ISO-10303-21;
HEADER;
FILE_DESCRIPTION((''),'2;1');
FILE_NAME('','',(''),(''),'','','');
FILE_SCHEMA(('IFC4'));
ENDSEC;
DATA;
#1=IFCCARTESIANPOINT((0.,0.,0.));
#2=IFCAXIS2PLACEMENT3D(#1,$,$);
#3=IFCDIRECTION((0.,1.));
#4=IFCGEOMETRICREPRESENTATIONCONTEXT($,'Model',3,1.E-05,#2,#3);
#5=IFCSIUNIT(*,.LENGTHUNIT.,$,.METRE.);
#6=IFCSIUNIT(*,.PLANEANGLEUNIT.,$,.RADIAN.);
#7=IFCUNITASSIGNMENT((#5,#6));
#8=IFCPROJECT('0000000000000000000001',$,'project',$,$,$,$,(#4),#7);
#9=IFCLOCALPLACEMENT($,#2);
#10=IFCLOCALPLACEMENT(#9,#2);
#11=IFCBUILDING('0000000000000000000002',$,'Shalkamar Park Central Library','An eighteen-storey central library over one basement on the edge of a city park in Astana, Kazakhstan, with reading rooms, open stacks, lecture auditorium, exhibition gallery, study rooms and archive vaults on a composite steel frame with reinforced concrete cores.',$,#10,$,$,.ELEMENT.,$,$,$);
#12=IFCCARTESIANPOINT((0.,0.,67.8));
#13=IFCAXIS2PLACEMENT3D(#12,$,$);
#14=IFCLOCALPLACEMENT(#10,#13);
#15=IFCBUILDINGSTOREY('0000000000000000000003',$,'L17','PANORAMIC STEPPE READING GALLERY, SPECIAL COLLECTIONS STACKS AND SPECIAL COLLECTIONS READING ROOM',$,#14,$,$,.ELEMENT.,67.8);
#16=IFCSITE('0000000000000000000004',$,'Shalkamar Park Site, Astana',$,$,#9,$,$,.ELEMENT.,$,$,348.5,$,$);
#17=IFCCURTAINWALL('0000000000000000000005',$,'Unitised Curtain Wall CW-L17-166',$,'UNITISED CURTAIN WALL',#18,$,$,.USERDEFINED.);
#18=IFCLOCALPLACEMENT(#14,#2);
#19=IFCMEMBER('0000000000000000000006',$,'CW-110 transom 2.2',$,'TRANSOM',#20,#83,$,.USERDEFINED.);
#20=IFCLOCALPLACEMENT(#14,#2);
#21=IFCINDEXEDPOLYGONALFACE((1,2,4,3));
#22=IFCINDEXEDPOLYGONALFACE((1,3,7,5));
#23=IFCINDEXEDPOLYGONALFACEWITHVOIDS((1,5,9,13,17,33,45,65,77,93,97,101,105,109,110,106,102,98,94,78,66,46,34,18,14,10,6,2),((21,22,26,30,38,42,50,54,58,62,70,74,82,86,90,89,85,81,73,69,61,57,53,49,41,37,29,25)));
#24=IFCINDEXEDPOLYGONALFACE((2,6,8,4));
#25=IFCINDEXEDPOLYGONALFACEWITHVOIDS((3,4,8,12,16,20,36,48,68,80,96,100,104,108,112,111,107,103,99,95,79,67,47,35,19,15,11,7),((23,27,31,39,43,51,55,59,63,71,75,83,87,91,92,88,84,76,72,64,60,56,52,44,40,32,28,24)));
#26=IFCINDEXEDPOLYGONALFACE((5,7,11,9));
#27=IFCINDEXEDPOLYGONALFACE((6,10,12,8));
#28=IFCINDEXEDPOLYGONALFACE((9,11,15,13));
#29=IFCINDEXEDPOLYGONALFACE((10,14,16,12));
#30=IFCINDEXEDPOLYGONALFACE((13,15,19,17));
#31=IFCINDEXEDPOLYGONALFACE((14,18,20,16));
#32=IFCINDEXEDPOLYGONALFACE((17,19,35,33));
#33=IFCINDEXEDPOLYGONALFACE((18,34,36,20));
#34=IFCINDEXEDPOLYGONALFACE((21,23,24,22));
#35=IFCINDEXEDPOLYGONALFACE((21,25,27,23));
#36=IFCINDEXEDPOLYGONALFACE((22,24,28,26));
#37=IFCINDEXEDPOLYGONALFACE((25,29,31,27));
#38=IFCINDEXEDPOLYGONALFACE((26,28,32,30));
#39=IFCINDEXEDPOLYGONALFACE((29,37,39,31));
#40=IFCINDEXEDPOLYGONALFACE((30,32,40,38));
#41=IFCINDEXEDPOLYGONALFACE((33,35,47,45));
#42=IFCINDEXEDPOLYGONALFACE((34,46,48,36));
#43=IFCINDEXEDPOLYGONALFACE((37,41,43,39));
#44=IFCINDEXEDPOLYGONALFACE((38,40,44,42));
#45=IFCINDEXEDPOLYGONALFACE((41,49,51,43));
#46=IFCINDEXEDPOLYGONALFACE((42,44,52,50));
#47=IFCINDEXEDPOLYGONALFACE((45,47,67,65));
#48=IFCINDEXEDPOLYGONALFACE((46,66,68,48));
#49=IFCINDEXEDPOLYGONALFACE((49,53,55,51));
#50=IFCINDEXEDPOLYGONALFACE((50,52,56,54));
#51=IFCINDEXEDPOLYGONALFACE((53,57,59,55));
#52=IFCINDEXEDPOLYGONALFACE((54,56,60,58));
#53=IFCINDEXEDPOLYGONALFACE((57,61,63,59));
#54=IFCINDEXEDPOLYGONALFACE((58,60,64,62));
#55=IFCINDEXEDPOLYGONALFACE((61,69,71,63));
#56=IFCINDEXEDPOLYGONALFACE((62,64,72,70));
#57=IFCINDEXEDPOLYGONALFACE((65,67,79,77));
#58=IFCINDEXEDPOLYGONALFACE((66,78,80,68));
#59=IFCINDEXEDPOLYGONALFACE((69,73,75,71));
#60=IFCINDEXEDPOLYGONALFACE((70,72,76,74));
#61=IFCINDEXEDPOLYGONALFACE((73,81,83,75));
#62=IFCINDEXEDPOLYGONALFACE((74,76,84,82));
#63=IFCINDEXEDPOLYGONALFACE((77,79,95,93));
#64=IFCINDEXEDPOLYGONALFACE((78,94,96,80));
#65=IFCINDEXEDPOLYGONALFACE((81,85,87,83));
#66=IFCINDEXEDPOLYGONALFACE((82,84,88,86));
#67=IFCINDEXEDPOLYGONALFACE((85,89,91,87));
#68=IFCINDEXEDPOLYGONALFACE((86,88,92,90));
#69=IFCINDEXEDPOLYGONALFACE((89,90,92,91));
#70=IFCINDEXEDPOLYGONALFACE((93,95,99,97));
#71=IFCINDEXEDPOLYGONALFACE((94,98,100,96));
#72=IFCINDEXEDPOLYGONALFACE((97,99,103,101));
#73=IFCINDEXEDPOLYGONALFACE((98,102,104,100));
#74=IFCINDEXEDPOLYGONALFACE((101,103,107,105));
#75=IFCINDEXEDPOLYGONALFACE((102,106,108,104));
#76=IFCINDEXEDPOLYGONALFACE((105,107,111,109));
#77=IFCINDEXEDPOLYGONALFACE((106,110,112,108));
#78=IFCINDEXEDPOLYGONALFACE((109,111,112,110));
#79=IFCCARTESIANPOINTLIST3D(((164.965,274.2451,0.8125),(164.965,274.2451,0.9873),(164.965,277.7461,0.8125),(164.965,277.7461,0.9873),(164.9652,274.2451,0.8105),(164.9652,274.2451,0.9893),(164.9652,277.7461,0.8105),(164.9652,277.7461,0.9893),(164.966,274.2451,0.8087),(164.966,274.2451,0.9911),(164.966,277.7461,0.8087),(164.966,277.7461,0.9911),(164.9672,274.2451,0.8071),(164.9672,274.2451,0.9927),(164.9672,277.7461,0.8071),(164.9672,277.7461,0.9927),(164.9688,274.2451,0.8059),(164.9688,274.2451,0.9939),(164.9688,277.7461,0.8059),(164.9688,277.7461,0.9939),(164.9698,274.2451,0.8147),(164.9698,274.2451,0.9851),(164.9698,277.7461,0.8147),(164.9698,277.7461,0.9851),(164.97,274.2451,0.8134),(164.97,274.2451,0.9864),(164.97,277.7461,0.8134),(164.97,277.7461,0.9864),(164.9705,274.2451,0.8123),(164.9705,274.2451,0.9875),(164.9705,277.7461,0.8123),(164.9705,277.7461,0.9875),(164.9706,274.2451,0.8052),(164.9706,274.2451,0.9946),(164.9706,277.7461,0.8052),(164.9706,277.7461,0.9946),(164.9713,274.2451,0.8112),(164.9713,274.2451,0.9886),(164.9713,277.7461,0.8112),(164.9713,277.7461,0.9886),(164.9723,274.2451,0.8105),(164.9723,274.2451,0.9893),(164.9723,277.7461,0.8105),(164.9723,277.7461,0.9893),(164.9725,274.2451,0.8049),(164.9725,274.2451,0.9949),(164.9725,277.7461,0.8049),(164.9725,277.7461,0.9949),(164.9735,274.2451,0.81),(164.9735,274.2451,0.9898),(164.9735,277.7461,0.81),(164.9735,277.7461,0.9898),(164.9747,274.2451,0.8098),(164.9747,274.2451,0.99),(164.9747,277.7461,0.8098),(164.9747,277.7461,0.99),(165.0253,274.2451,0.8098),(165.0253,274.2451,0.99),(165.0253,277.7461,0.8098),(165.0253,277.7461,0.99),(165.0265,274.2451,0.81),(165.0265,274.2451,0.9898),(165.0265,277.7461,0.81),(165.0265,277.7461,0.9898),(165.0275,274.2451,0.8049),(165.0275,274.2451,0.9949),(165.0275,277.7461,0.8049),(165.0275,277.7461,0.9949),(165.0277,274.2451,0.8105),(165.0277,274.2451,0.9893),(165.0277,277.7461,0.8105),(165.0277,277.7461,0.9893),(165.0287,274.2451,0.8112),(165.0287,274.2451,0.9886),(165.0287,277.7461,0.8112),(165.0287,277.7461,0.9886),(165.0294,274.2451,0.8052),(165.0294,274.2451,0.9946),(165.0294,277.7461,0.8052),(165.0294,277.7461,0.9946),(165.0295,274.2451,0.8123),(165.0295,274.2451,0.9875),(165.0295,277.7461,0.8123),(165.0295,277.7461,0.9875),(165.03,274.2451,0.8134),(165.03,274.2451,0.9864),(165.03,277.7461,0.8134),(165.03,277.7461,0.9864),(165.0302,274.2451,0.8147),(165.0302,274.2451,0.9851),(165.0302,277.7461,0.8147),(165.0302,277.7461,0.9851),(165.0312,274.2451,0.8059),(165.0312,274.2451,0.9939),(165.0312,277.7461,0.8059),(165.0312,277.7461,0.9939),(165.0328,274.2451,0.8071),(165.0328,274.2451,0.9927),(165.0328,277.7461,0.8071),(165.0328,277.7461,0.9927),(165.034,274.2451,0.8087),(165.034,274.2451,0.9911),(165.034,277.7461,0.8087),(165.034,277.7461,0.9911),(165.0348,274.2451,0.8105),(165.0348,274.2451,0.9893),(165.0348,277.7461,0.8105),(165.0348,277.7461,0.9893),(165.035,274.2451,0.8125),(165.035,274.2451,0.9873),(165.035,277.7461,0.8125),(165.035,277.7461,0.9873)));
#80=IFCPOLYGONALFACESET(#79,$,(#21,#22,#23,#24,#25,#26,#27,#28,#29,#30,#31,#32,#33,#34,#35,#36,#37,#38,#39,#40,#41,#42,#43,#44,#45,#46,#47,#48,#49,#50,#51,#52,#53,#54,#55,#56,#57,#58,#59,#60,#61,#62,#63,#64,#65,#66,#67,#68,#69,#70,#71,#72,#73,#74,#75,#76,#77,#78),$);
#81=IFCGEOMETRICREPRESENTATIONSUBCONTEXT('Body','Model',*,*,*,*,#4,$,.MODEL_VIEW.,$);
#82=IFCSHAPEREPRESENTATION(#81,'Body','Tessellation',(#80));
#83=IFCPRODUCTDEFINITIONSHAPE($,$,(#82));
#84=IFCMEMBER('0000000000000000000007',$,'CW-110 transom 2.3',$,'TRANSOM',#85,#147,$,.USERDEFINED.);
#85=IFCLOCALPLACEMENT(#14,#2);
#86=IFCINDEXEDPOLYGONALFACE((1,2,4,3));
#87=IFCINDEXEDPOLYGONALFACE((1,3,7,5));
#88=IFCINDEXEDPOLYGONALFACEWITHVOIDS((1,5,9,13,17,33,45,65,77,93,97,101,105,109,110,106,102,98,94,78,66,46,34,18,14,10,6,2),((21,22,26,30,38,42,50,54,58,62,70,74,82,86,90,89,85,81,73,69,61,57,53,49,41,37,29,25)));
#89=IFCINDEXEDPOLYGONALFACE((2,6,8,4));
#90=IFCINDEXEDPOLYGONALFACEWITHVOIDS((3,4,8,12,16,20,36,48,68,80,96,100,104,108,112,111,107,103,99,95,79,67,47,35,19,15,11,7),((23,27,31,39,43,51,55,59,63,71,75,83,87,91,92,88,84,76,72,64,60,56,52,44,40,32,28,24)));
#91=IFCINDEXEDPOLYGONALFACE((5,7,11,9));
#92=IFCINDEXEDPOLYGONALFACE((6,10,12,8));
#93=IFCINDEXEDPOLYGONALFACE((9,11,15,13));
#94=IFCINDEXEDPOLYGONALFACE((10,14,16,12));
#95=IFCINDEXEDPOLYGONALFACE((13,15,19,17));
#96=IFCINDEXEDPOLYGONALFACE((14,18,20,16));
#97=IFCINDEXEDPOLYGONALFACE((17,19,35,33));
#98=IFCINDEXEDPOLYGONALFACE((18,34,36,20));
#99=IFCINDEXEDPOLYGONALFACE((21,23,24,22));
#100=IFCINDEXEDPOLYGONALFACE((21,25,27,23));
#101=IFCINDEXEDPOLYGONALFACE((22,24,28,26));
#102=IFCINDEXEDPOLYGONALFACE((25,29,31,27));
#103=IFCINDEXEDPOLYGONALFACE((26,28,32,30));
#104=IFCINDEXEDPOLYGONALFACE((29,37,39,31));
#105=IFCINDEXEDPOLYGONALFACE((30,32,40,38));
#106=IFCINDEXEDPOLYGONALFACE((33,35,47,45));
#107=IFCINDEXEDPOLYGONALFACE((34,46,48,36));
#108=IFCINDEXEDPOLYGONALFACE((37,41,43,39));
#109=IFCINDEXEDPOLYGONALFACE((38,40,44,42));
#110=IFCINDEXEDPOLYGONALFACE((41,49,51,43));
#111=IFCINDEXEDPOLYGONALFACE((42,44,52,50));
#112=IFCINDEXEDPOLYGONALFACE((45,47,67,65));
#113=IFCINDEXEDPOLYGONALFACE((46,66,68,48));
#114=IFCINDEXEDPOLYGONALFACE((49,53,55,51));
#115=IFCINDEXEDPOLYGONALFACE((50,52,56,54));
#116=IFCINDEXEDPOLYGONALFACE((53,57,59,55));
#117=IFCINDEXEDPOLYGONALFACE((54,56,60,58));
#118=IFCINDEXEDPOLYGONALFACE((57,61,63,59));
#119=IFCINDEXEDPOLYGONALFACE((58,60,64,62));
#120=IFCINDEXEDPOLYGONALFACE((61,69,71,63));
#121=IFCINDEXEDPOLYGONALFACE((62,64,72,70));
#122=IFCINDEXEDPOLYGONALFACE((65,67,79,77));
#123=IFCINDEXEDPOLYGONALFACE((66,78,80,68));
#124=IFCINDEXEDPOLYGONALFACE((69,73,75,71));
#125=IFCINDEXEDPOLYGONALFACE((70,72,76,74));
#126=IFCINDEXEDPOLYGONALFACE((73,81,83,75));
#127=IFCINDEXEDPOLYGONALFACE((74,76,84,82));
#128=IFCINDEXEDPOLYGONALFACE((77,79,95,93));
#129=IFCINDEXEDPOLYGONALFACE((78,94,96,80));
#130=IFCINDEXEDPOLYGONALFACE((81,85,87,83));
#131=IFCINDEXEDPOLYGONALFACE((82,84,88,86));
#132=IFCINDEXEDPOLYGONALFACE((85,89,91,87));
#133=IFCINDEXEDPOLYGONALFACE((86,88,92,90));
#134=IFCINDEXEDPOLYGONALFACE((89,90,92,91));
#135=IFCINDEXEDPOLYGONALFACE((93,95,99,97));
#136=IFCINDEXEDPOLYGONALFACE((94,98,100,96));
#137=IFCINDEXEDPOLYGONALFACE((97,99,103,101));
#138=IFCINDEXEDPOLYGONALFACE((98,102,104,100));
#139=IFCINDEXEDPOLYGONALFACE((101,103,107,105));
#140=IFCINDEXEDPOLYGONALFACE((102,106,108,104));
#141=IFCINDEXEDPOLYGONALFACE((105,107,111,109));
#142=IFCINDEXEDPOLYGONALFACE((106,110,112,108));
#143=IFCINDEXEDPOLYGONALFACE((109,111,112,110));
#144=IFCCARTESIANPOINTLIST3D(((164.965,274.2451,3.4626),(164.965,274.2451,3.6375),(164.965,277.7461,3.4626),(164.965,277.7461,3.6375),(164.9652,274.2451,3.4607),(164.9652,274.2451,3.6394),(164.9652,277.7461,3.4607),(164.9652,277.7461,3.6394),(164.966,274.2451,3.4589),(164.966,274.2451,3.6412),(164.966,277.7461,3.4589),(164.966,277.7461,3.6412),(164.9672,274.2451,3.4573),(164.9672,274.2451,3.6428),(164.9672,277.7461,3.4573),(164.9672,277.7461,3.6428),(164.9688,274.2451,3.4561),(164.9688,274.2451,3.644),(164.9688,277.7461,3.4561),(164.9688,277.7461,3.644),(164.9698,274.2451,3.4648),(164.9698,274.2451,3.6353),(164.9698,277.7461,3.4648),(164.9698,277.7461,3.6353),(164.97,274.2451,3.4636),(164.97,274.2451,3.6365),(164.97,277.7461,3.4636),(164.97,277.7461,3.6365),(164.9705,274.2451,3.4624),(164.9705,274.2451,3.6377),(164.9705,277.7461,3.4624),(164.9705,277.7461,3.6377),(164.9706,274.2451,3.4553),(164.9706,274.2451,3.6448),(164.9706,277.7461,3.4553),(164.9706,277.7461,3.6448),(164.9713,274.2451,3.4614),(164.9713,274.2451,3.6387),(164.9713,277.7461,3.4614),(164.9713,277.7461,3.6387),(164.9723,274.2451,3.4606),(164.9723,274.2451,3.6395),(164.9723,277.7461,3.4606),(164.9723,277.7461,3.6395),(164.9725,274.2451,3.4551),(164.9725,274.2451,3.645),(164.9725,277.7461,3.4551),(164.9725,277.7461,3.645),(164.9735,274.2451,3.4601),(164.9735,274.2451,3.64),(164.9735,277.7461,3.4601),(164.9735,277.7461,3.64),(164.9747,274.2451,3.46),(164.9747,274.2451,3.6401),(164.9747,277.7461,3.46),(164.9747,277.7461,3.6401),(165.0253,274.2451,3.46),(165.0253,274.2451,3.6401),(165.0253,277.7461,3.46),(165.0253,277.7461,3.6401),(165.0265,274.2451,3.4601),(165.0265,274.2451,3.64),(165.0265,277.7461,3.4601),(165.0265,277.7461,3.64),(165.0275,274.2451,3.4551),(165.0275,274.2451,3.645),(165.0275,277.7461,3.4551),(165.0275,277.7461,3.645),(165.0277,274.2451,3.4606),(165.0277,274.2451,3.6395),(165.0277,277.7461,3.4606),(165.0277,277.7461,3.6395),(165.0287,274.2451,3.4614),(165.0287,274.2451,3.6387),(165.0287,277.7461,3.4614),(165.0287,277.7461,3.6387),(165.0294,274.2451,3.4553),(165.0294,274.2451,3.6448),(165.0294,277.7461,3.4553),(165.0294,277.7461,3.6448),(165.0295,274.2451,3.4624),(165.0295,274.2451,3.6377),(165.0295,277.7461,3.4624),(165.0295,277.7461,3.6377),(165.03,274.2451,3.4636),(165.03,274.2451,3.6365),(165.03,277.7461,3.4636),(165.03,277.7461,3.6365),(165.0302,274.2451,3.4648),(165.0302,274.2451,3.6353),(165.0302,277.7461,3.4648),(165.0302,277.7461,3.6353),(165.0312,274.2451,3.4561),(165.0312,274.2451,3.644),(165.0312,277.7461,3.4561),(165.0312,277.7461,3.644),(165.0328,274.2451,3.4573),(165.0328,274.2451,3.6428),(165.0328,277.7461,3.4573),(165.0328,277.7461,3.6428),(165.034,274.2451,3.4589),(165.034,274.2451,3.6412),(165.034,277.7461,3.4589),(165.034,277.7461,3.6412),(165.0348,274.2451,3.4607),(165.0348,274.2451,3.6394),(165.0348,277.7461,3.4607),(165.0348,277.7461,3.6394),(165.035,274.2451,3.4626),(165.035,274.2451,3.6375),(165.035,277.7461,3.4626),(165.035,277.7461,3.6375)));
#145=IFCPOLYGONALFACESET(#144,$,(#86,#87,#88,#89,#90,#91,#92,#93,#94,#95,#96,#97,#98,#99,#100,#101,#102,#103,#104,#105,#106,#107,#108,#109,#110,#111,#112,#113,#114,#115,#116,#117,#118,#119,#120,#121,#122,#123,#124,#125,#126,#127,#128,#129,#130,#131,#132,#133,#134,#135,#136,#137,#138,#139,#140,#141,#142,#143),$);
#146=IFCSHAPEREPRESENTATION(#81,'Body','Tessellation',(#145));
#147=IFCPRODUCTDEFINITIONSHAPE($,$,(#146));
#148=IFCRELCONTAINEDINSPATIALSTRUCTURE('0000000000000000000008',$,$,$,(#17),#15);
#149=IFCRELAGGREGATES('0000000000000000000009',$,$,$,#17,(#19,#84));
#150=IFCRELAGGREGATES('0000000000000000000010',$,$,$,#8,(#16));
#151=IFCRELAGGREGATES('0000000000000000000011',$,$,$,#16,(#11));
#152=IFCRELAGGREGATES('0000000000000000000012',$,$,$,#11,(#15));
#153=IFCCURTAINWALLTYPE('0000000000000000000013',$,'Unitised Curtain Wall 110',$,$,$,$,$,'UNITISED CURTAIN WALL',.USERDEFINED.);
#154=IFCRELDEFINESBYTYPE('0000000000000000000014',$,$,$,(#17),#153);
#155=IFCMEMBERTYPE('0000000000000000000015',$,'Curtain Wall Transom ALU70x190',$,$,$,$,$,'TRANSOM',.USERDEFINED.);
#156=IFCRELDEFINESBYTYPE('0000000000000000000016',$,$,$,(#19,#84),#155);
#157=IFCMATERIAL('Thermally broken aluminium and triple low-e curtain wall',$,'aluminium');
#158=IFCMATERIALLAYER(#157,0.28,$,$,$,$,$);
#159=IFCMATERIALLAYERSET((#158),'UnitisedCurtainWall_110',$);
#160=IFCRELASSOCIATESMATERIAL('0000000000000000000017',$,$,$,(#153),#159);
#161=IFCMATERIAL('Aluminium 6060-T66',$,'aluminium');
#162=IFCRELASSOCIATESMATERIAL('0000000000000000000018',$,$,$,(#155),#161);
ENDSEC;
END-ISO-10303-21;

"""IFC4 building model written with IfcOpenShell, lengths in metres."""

from ifc_helpers import new_model, si_unit, direction, frame, origin, origin_2d, place, context, subcontext, project, spatial, hollow_rectangle, extrude, material, layer, layer_set, material_profile, profile_set, type_object, element, aggregate, save


model = new_model("IFC4")

# Units and contexts
model_context = context("Model", 3, precision=1e-05, world=origin(), true_north=direction((0.0, 1.0)))
body_context = subcontext(model_context, "Body", "Model", "MODEL_VIEW")
ifc_project = project(units=[si_unit("LENGTHUNIT", "METRE"), si_unit("PLANEANGLEUNIT", "RADIAN")], contexts=[model_context])

# Site, building, storey
site_placement = place(None, origin())
site = spatial("IfcSite", under=ifc_project, at=site_placement, Name="Shalkamar Park Site, Astana", CompositionType="ELEMENT", RefElevation=348.5)
building_placement = place(site_placement, origin())
building = spatial("IfcBuilding", under=site, at=building_placement, Name="Shalkamar Park Central Library", Description="An eighteen-storey central library over one basement on the edge of a city park in Astana, Kazakhstan, with reading rooms, open stacks, lecture auditorium, exhibition gallery, study rooms and archive vaults on a composite steel frame with reinforced concrete cores.", CompositionType="ELEMENT")
storey_placement = place(building_placement, frame((0.0, 0.0, 67.8)))
storey = spatial("IfcBuildingStorey", under=building, at=storey_placement, Name="L17", Description="PANORAMIC STEPPE READING GALLERY, SPECIAL COLLECTIONS STACKS AND SPECIAL COLLECTIONS READING ROOM", CompositionType="ELEMENT", Elevation=67.8)

# Curtain wall, members
ifc_material_1 = material(Name="Thermally broken aluminium and triple low-e curtain wall", Category="aluminium")
ifc_layer_1 = layer(ifc_material_1, 0.28)
ifc_layer_set_1 = layer_set([ifc_layer_1], Name="UnitisedCurtainWall_110")
curtain_wall_type = type_object("IfcCurtainWallType", Name="Unitised Curtain Wall 110", ElementType="UNITISED CURTAIN WALL", PredefinedType="USERDEFINED", material=ifc_layer_set_1)
curtain_wall_placement = place(storey_placement, origin())
curtain_wall = element("IfcCurtainWall", 1, at=curtain_wall_placement, inside=storey, type_object=curtain_wall_type, Name="Unitised Curtain Wall CW-L17-166", ObjectType="UNITISED CURTAIN WALL", PredefinedType="USERDEFINED")
ifc_material_2 = material(Name="Aluminium 6060-T66", Category="aluminium")
ifc_material_profile_1 = material_profile(ifc_material_2, hollow_rectangle(XDim=0.0701, YDim=0.1899, WallThickness=0.0049, InnerFilletRadius=0.0049, OuterFilletRadius=0.0076, at=origin_2d()), Name="ALU 70x190x5")
ifc_profile_set_1 = profile_set([ifc_material_profile_1], Name="Aluminium 6060-T66")
member_type_1 = type_object("IfcMemberType", Name="Curtain Wall Transom ALU70x190", ElementType="TRANSOM", PredefinedType="USERDEFINED", material=ifc_profile_set_1)
member_1_placement = place(storey_placement, frame((165.0, 274.2451, 0.8999), z_axis=(0.0, 1.0, 0.0), x_axis=(-1.0, 0.0, 0.0)))
member_1 = element("IfcMember", 2, at=member_1_placement, type_object=member_type_1, Name="CW-110 transom 2.2", ObjectType="TRANSOM", PredefinedType="USERDEFINED", context=body_context, shape_type="SweptSolid", body=[
    extrude(hollow_rectangle(XDim=0.0701, YDim=0.1899, WallThickness=0.0049, InnerFilletRadius=0.0049, OuterFilletRadius=0.0076, at=origin_2d()), origin(), (0.0, 0.0, 1.0), 3.501),
])
member_2_placement = place(storey_placement, frame((165.0, 274.2451, 3.55), z_axis=(0.0, 1.0, 0.0), x_axis=(-1.0, 0.0, 0.0)))
member_2 = element("IfcMember", 3, at=member_2_placement, type_object=member_type_1, Name="CW-110 transom 2.3", ObjectType="TRANSOM", PredefinedType="USERDEFINED", context=body_context, shape_type="SweptSolid", body=[
    extrude(hollow_rectangle(XDim=0.0701, YDim=0.1899, WallThickness=0.0049, InnerFilletRadius=0.0049, OuterFilletRadius=0.0076, at=origin_2d()), origin(), (0.0, 0.0, 1.0), 3.501),
])

aggregate(curtain_wall, [member_1, member_2])

save(model, "model.ifc")
